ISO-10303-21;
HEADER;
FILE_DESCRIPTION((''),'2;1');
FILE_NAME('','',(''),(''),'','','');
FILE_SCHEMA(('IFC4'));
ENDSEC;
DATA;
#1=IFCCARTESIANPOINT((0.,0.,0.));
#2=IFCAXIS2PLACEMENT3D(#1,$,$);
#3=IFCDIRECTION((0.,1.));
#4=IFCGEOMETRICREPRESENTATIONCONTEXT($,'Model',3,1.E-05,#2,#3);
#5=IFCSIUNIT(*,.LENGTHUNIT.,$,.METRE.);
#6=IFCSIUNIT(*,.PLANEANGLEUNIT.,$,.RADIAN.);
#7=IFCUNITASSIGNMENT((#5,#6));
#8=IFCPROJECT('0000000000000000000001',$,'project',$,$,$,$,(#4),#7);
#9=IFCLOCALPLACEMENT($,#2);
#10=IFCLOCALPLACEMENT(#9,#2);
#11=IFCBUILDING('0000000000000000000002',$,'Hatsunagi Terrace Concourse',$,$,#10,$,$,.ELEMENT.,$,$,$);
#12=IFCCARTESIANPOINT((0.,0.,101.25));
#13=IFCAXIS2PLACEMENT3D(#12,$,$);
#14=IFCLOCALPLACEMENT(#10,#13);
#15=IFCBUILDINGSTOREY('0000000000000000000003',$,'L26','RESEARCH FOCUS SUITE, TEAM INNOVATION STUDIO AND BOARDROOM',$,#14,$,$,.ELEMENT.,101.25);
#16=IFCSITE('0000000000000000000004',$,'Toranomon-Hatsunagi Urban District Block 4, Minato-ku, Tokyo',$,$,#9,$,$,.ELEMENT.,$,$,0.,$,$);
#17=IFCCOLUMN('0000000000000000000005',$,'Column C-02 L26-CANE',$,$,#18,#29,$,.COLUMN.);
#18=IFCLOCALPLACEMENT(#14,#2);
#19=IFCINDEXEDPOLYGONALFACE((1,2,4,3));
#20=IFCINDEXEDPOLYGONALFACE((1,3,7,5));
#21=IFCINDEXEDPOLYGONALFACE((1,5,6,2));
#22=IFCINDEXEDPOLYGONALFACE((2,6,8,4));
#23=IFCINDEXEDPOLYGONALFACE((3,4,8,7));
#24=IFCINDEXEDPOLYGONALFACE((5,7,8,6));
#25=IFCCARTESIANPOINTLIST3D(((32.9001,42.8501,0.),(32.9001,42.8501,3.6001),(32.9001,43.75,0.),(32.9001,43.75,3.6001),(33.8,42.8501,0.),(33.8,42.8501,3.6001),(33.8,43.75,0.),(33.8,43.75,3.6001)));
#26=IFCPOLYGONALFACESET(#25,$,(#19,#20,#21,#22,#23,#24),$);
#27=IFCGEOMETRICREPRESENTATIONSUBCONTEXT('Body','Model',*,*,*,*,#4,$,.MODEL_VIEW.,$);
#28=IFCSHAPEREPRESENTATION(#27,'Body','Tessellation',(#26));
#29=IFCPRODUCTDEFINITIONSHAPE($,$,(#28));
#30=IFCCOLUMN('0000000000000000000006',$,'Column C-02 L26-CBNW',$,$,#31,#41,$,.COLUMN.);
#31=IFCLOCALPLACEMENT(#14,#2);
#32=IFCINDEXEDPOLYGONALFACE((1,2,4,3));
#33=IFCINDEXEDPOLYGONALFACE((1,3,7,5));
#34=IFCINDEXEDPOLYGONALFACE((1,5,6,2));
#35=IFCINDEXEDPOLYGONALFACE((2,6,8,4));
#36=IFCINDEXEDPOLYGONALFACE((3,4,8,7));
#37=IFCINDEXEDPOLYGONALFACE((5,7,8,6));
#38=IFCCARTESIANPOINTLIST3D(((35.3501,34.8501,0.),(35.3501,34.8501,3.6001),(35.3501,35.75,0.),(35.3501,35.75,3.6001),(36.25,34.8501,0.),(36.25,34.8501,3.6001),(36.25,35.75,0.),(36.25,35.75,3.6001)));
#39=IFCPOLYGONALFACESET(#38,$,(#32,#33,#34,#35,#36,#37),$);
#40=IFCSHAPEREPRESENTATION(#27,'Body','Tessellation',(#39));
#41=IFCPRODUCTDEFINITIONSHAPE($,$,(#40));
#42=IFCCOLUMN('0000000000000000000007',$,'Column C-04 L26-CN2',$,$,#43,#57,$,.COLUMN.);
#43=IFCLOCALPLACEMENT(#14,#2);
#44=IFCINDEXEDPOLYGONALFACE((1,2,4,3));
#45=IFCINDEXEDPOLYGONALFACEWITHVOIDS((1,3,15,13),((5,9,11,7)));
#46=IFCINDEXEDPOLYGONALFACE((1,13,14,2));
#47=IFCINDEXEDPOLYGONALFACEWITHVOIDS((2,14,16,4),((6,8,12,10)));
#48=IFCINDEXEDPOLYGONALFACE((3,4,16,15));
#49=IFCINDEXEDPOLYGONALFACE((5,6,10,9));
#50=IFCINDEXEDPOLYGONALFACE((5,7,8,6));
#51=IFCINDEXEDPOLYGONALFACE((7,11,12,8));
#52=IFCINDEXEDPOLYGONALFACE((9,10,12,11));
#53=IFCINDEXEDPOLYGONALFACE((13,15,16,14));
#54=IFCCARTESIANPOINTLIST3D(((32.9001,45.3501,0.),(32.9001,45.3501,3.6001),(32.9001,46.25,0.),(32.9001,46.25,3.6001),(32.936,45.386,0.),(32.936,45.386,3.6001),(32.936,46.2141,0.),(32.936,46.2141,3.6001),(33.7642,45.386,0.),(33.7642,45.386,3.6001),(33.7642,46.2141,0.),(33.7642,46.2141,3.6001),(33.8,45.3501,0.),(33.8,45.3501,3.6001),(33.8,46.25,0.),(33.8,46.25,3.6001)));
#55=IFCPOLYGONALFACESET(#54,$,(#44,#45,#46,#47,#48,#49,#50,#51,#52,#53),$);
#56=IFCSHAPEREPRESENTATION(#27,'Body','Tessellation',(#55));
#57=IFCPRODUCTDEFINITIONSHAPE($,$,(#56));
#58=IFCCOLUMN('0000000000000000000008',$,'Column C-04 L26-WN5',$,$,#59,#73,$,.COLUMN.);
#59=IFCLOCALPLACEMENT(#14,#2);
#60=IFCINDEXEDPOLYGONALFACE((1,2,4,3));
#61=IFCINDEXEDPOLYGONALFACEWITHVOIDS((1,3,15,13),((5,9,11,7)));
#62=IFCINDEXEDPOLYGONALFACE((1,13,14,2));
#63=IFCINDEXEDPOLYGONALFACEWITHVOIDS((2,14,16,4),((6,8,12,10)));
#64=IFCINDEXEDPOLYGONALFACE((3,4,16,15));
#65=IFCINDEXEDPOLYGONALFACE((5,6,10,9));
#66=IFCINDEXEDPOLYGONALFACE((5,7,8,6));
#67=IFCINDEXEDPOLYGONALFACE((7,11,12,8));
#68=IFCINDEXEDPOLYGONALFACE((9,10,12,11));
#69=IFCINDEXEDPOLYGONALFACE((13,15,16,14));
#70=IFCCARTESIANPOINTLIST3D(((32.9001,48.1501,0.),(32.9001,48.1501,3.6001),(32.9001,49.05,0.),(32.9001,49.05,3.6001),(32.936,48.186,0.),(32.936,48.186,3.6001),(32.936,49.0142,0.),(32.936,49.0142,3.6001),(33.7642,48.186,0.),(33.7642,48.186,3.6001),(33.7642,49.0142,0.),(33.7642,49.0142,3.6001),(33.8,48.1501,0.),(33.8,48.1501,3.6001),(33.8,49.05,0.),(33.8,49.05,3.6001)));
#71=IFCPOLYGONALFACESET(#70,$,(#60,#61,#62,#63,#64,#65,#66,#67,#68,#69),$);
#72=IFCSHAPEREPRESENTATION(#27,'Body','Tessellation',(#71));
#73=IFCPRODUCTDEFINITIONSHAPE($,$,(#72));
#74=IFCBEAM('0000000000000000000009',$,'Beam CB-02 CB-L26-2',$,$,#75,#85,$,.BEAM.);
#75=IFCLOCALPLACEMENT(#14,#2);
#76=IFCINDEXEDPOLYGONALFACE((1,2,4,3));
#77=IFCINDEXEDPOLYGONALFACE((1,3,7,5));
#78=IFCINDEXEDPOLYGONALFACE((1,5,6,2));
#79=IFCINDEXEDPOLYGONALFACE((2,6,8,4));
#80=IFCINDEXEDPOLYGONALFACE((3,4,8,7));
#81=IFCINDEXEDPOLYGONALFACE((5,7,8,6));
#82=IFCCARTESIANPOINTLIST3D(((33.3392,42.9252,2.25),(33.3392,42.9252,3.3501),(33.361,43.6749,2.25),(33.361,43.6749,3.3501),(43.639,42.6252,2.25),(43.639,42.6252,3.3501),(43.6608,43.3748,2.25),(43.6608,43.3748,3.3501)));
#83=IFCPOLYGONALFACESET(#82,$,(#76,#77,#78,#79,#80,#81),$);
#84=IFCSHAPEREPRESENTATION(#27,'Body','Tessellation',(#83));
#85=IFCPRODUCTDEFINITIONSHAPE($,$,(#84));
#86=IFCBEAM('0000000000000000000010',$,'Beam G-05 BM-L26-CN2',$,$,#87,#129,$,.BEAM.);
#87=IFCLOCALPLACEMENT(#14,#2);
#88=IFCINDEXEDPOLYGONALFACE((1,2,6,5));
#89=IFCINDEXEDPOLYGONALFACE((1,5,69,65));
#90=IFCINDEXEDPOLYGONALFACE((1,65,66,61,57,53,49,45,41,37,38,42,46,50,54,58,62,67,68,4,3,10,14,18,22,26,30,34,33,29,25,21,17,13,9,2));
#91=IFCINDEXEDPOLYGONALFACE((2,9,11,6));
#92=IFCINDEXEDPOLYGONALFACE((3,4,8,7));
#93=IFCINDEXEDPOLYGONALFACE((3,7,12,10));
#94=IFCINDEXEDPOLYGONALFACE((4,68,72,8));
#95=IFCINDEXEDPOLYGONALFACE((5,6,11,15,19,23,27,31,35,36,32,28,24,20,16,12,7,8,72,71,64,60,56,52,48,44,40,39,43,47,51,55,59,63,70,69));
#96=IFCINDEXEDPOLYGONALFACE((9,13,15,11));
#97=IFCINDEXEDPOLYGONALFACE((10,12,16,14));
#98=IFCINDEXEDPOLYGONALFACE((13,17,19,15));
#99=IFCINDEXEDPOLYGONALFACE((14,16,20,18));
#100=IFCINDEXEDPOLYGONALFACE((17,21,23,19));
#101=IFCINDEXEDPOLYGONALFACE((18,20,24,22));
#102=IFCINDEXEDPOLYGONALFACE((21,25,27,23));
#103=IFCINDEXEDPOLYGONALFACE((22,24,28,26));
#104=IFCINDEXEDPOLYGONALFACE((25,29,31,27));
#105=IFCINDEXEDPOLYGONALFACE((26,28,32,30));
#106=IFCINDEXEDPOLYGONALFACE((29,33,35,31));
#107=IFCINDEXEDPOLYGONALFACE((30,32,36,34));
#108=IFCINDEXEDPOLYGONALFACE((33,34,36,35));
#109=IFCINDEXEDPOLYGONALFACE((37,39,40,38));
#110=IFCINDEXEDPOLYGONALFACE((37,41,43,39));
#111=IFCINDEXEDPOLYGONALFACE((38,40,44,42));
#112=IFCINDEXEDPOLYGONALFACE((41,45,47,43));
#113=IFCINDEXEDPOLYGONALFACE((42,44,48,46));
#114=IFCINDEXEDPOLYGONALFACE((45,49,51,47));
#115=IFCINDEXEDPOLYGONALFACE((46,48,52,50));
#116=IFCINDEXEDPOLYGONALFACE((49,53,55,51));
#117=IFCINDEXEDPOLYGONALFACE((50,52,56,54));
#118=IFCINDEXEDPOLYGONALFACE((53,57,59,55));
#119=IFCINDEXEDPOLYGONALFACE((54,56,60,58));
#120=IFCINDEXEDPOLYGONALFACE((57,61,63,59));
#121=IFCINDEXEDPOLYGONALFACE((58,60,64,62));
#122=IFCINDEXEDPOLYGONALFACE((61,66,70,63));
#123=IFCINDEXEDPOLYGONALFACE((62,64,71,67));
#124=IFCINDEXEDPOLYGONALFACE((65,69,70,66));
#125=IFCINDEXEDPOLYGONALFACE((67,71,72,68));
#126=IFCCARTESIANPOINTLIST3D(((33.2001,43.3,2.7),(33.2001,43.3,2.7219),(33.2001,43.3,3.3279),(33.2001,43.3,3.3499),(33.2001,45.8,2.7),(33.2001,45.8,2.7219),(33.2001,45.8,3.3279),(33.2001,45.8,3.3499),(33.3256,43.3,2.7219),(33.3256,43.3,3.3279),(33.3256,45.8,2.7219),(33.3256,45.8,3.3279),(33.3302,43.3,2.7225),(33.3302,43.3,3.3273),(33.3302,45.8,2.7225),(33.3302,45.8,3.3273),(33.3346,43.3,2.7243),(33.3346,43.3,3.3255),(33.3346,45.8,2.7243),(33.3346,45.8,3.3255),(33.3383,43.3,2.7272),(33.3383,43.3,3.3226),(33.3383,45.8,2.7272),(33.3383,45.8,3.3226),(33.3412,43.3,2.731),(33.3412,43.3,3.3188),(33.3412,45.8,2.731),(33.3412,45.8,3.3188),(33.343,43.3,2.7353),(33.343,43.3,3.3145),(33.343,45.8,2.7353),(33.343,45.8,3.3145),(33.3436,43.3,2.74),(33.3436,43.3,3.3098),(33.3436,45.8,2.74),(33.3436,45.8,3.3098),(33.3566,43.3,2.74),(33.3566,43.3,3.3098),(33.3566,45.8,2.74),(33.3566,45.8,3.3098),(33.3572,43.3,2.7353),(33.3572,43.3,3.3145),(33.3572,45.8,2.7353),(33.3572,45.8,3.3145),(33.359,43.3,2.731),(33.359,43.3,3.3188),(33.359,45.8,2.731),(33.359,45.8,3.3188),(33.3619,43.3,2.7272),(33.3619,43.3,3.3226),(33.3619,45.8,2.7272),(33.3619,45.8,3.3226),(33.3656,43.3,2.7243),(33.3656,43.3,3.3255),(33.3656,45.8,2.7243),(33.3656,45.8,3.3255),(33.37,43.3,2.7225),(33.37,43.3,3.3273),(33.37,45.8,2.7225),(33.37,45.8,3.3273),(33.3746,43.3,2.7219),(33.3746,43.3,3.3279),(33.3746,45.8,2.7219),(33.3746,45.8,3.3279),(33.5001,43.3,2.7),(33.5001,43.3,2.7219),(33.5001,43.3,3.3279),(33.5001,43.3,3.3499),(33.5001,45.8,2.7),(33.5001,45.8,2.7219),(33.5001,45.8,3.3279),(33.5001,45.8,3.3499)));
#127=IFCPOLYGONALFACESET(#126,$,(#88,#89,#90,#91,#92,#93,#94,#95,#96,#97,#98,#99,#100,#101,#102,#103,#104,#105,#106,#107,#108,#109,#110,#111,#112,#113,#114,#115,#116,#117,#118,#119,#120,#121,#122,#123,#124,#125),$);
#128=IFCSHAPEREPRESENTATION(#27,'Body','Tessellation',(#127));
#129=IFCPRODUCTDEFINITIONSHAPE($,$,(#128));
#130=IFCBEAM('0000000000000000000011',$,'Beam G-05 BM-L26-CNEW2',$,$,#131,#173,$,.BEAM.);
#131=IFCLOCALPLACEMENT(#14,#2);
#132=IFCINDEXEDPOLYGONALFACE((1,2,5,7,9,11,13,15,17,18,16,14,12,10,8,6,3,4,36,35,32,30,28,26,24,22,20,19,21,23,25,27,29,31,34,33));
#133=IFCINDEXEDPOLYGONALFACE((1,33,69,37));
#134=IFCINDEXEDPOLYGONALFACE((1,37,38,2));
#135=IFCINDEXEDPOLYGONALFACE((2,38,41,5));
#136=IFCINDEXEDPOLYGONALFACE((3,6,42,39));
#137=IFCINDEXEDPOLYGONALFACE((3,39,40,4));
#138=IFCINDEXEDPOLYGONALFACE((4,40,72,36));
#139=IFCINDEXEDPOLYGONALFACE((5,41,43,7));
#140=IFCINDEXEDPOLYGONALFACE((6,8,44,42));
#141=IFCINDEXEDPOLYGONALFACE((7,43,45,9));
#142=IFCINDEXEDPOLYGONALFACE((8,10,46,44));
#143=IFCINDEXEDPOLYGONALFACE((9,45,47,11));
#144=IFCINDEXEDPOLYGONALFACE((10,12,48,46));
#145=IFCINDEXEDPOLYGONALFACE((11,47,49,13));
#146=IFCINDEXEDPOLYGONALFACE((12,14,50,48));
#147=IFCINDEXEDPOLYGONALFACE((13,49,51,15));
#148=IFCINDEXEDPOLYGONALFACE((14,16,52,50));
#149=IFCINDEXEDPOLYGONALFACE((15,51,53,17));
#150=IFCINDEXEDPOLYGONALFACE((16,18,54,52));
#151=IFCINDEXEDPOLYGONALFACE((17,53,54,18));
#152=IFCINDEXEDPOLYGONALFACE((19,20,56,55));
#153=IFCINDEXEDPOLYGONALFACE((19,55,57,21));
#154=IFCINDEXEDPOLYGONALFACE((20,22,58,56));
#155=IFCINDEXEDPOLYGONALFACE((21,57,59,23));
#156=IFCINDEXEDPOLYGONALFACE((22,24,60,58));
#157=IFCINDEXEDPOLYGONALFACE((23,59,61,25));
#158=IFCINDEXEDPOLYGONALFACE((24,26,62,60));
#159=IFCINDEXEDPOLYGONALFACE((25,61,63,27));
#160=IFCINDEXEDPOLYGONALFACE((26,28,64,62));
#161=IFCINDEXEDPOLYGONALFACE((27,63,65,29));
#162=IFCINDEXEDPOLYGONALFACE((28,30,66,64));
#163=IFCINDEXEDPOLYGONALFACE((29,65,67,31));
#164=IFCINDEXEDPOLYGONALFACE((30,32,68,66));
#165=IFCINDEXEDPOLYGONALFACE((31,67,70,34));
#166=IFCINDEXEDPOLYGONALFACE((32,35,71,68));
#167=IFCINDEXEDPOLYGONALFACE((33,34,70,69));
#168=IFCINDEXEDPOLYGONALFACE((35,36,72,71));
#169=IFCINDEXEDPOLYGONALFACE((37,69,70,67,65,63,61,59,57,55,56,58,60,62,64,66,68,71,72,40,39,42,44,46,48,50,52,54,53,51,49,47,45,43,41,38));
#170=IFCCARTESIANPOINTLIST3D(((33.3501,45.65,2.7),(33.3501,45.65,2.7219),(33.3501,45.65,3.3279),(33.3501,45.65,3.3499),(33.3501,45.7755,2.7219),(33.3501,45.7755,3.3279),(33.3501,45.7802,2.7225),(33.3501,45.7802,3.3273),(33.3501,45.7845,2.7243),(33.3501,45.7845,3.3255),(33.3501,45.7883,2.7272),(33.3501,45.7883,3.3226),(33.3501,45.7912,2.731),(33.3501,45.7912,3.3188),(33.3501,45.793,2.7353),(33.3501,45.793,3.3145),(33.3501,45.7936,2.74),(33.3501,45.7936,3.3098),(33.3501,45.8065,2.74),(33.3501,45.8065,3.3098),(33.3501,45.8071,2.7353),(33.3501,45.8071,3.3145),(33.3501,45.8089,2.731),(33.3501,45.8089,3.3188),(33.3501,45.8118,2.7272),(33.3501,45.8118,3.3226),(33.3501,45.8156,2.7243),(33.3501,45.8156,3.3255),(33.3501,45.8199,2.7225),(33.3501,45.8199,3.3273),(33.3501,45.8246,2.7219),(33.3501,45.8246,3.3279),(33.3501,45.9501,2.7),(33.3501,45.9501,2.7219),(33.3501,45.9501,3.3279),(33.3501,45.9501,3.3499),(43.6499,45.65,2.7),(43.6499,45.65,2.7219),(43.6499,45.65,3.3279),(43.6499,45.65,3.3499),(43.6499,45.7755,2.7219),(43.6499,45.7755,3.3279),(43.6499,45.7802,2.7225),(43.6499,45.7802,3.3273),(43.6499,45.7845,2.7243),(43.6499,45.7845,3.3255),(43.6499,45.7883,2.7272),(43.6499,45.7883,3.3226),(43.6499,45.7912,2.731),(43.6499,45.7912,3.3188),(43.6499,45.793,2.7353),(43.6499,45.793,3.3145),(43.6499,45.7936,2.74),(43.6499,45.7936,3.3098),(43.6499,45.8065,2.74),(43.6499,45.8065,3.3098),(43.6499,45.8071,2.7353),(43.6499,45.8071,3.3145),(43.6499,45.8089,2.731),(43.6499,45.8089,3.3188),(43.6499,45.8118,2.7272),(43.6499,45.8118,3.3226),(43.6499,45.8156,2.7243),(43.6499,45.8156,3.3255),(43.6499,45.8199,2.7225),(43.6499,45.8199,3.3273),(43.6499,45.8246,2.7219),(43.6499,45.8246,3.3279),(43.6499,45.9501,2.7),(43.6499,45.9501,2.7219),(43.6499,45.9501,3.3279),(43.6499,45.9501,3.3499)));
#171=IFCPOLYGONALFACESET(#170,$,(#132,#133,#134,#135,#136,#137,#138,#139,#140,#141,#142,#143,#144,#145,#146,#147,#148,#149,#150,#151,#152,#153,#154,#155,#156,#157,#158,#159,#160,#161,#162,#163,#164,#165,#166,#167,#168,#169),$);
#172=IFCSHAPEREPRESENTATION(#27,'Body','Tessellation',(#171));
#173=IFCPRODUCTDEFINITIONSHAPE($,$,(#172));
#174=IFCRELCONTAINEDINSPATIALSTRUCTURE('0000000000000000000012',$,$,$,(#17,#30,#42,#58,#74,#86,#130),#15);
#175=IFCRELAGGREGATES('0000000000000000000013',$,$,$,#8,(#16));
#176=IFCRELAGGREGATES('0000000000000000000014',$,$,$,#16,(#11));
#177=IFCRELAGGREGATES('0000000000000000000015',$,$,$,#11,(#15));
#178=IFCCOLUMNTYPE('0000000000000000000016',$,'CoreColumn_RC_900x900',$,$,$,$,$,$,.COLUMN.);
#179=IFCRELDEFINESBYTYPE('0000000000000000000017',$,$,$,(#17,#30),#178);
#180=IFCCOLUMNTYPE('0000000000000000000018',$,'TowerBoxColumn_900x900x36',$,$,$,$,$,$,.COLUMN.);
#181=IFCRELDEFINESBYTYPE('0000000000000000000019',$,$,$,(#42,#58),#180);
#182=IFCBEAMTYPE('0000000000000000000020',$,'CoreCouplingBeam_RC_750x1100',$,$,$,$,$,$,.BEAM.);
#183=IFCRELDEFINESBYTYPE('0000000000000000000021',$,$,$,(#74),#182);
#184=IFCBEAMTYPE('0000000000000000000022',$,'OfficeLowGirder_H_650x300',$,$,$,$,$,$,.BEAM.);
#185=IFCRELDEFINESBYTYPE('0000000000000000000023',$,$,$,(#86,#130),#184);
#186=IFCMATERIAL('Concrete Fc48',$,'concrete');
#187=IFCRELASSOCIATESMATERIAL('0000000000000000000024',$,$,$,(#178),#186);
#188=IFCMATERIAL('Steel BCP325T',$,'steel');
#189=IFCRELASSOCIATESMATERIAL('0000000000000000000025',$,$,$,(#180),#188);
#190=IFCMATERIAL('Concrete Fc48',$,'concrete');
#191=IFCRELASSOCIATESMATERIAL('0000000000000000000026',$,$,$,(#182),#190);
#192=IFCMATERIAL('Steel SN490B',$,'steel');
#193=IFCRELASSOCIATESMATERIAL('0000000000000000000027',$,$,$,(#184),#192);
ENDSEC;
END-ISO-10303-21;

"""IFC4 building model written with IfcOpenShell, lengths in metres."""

from ifc_helpers import new_model, si_unit, direction, frame, origin, origin_2d, place, context, subcontext, project, spatial, rectangle, hollow_rectangle, i_section, extrude, material, material_profile, profile_set, type_object, element, save


model = new_model("IFC4")

# Units and contexts
model_context = context("Model", 3, precision=1e-05, world=origin(), true_north=direction((0.0, 1.0)))
body_context = subcontext(model_context, "Body", "Model", "MODEL_VIEW")
ifc_project = project(units=[si_unit("LENGTHUNIT", "METRE"), si_unit("PLANEANGLEUNIT", "RADIAN")], contexts=[model_context])

# Site, building, storey
site_placement = place(None, origin())
site = spatial("IfcSite", under=ifc_project, at=site_placement, Name="Toranomon-Hatsunagi Urban District Block 4, Minato-ku, Tokyo", CompositionType="ELEMENT", RefElevation=0.0)
building_placement = place(site_placement, origin())
building = spatial("IfcBuilding", under=site, at=building_placement, Name="Hatsunagi Terrace Concourse", CompositionType="ELEMENT")
storey_placement = place(building_placement, frame((0.0, 0.0, 101.25)))
storey = spatial("IfcBuildingStorey", under=building, at=storey_placement, Name="L26", Description="RESEARCH FOCUS SUITE, TEAM INNOVATION STUDIO AND BOARDROOM", CompositionType="ELEMENT", Elevation=101.25)

# Columns
ifc_material_1 = material(Name="Concrete Fc48", Category="concrete")
ifc_material_profile_1 = material_profile(ifc_material_1, rectangle(XDim=0.8999, YDim=0.8999, at=origin_2d()), Name="RC-900x900")
ifc_profile_set_1 = profile_set([ifc_material_profile_1], Name="Concrete Fc48")
column_type_1 = type_object("IfcColumnType", Name="CoreColumn_RC_900x900", PredefinedType="COLUMN", material=ifc_profile_set_1)
for number, where, z_axis, x_axis, name in (
    (1, (33.3501, 43.3, 0.0), (0.0, 0.0, 1.0), (1.0, 0.0, 0.0), "Column C-02 L26-CANE"),
    (2, (35.8, 35.3, 0.0), (0.0, 0.0, 1.0), (1.0, 0.0, 0.0), "Column C-02 L26-CBNW"),
):
    element("IfcColumn", number, at=place(storey_placement, frame(where, z_axis=z_axis, x_axis=x_axis)), inside=storey, type_object=column_type_1, Name=name, PredefinedType="COLUMN", context=body_context, shape_type="SweptSolid", body=[
        extrude(rectangle(XDim=0.8999, YDim=0.8999, at=origin_2d()), origin(), (0.0, 0.0, 1.0), 3.6001),
    ])
ifc_material_2 = material(Name="Steel BCP325T", Category="steel")
ifc_material_profile_2 = material_profile(ifc_material_2, hollow_rectangle(XDim=0.8999, YDim=0.8999, WallThickness=0.0359, at=origin_2d()), Name="BCP-900x900x36")
ifc_profile_set_2 = profile_set([ifc_material_profile_2], Name="Steel BCP325T")
column_type_2 = type_object("IfcColumnType", Name="TowerBoxColumn_900x900x36", PredefinedType="COLUMN", material=ifc_profile_set_2)
for number, where, z_axis, x_axis, name in (
    (3, (33.3501, 45.8, 0.0), (0.0, 0.0, 1.0), (1.0, 0.0, 0.0), "Column C-04 L26-CN2"),
    (4, (33.3501, 48.6001, 0.0), (0.0, 0.0, 1.0), (1.0, 0.0, 0.0), "Column C-04 L26-WN5"),
):
    element("IfcColumn", number, at=place(storey_placement, frame(where, z_axis=z_axis, x_axis=x_axis)), inside=storey, type_object=column_type_2, Name=name, PredefinedType="COLUMN", context=body_context, shape_type="SweptSolid", body=[
        extrude(hollow_rectangle(XDim=0.8999, YDim=0.8999, WallThickness=0.0359, at=origin_2d()), origin(), (0.0, 0.0, 1.0), 3.6001),
    ])

# Beams
ifc_material_3 = material(Name="Concrete Fc48", Category="concrete")
ifc_material_profile_3 = material_profile(ifc_material_3, rectangle(XDim=0.75, YDim=1.1001, at=origin_2d()), Name="RC-750x1100")
ifc_profile_set_3 = profile_set([ifc_material_profile_3], Name="Concrete Fc48")
beam_type_1 = type_object("IfcBeamType", Name="CoreCouplingBeam_RC_750x1100", PredefinedType="BEAM", material=ifc_profile_set_3)
beam_1_placement = place(storey_placement, frame((33.3501, 43.3, 2.8), z_axis=(0.999576, -0.029119, 0.0), x_axis=(0.029119, 0.999576, 0.0)))
element("IfcBeam", 5, at=beam_1_placement, inside=storey, type_object=beam_type_1, Name="Beam CB-02 CB-L26-2", PredefinedType="BEAM", context=body_context, shape_type="SweptSolid", body=[
    extrude(rectangle(XDim=0.75, YDim=1.1001, at=origin_2d()), origin(), (0.0, 0.0, 1.0), 10.3042),
])
ifc_material_4 = material(Name="Steel SN490B", Category="steel")
ifc_material_profile_4 = material_profile(ifc_material_4, i_section(OverallWidth=0.3, OverallDepth=0.6499, WebThickness=0.0129, FlangeThickness=0.022, FilletRadius=0.0181, at=origin_2d()), Name="H-650x300x13x22")
ifc_profile_set_4 = profile_set([ifc_material_profile_4], Name="Steel SN490B")
beam_type_2 = type_object("IfcBeamType", Name="OfficeLowGirder_H_650x300", PredefinedType="BEAM", material=ifc_profile_set_4)
beam_2_placement = place(storey_placement, frame((33.3501, 43.3, 3.0249), z_axis=(0.0, 1.0, 0.0), x_axis=(-1.0, 0.0, 0.0)))
element("IfcBeam", 6, at=beam_2_placement, inside=storey, type_object=beam_type_2, Name="Beam G-05 BM-L26-CN2", PredefinedType="BEAM", context=body_context, shape_type="SweptSolid", body=[
    extrude(i_section(OverallWidth=0.3, OverallDepth=0.6499, WebThickness=0.0129, FlangeThickness=0.022, FilletRadius=0.0181, at=origin_2d()), origin(), (0.0, 0.0, 1.0), 2.5),
])
beam_3_placement = place(storey_placement, frame((33.3501, 45.8, 3.0249), z_axis=(1.0, 0.0, 0.0), x_axis=(0.0, 1.0, 0.0)))
element("IfcBeam", 7, at=beam_3_placement, inside=storey, type_object=beam_type_2, Name="Beam G-05 BM-L26-CNEW2", PredefinedType="BEAM", context=body_context, shape_type="SweptSolid", body=[
    extrude(i_section(OverallWidth=0.3, OverallDepth=0.6499, WebThickness=0.0129, FlangeThickness=0.022, FilletRadius=0.0181, at=origin_2d()), origin(), (0.0, 0.0, 1.0), 10.2998),
])

save(model, "model.ifc")
